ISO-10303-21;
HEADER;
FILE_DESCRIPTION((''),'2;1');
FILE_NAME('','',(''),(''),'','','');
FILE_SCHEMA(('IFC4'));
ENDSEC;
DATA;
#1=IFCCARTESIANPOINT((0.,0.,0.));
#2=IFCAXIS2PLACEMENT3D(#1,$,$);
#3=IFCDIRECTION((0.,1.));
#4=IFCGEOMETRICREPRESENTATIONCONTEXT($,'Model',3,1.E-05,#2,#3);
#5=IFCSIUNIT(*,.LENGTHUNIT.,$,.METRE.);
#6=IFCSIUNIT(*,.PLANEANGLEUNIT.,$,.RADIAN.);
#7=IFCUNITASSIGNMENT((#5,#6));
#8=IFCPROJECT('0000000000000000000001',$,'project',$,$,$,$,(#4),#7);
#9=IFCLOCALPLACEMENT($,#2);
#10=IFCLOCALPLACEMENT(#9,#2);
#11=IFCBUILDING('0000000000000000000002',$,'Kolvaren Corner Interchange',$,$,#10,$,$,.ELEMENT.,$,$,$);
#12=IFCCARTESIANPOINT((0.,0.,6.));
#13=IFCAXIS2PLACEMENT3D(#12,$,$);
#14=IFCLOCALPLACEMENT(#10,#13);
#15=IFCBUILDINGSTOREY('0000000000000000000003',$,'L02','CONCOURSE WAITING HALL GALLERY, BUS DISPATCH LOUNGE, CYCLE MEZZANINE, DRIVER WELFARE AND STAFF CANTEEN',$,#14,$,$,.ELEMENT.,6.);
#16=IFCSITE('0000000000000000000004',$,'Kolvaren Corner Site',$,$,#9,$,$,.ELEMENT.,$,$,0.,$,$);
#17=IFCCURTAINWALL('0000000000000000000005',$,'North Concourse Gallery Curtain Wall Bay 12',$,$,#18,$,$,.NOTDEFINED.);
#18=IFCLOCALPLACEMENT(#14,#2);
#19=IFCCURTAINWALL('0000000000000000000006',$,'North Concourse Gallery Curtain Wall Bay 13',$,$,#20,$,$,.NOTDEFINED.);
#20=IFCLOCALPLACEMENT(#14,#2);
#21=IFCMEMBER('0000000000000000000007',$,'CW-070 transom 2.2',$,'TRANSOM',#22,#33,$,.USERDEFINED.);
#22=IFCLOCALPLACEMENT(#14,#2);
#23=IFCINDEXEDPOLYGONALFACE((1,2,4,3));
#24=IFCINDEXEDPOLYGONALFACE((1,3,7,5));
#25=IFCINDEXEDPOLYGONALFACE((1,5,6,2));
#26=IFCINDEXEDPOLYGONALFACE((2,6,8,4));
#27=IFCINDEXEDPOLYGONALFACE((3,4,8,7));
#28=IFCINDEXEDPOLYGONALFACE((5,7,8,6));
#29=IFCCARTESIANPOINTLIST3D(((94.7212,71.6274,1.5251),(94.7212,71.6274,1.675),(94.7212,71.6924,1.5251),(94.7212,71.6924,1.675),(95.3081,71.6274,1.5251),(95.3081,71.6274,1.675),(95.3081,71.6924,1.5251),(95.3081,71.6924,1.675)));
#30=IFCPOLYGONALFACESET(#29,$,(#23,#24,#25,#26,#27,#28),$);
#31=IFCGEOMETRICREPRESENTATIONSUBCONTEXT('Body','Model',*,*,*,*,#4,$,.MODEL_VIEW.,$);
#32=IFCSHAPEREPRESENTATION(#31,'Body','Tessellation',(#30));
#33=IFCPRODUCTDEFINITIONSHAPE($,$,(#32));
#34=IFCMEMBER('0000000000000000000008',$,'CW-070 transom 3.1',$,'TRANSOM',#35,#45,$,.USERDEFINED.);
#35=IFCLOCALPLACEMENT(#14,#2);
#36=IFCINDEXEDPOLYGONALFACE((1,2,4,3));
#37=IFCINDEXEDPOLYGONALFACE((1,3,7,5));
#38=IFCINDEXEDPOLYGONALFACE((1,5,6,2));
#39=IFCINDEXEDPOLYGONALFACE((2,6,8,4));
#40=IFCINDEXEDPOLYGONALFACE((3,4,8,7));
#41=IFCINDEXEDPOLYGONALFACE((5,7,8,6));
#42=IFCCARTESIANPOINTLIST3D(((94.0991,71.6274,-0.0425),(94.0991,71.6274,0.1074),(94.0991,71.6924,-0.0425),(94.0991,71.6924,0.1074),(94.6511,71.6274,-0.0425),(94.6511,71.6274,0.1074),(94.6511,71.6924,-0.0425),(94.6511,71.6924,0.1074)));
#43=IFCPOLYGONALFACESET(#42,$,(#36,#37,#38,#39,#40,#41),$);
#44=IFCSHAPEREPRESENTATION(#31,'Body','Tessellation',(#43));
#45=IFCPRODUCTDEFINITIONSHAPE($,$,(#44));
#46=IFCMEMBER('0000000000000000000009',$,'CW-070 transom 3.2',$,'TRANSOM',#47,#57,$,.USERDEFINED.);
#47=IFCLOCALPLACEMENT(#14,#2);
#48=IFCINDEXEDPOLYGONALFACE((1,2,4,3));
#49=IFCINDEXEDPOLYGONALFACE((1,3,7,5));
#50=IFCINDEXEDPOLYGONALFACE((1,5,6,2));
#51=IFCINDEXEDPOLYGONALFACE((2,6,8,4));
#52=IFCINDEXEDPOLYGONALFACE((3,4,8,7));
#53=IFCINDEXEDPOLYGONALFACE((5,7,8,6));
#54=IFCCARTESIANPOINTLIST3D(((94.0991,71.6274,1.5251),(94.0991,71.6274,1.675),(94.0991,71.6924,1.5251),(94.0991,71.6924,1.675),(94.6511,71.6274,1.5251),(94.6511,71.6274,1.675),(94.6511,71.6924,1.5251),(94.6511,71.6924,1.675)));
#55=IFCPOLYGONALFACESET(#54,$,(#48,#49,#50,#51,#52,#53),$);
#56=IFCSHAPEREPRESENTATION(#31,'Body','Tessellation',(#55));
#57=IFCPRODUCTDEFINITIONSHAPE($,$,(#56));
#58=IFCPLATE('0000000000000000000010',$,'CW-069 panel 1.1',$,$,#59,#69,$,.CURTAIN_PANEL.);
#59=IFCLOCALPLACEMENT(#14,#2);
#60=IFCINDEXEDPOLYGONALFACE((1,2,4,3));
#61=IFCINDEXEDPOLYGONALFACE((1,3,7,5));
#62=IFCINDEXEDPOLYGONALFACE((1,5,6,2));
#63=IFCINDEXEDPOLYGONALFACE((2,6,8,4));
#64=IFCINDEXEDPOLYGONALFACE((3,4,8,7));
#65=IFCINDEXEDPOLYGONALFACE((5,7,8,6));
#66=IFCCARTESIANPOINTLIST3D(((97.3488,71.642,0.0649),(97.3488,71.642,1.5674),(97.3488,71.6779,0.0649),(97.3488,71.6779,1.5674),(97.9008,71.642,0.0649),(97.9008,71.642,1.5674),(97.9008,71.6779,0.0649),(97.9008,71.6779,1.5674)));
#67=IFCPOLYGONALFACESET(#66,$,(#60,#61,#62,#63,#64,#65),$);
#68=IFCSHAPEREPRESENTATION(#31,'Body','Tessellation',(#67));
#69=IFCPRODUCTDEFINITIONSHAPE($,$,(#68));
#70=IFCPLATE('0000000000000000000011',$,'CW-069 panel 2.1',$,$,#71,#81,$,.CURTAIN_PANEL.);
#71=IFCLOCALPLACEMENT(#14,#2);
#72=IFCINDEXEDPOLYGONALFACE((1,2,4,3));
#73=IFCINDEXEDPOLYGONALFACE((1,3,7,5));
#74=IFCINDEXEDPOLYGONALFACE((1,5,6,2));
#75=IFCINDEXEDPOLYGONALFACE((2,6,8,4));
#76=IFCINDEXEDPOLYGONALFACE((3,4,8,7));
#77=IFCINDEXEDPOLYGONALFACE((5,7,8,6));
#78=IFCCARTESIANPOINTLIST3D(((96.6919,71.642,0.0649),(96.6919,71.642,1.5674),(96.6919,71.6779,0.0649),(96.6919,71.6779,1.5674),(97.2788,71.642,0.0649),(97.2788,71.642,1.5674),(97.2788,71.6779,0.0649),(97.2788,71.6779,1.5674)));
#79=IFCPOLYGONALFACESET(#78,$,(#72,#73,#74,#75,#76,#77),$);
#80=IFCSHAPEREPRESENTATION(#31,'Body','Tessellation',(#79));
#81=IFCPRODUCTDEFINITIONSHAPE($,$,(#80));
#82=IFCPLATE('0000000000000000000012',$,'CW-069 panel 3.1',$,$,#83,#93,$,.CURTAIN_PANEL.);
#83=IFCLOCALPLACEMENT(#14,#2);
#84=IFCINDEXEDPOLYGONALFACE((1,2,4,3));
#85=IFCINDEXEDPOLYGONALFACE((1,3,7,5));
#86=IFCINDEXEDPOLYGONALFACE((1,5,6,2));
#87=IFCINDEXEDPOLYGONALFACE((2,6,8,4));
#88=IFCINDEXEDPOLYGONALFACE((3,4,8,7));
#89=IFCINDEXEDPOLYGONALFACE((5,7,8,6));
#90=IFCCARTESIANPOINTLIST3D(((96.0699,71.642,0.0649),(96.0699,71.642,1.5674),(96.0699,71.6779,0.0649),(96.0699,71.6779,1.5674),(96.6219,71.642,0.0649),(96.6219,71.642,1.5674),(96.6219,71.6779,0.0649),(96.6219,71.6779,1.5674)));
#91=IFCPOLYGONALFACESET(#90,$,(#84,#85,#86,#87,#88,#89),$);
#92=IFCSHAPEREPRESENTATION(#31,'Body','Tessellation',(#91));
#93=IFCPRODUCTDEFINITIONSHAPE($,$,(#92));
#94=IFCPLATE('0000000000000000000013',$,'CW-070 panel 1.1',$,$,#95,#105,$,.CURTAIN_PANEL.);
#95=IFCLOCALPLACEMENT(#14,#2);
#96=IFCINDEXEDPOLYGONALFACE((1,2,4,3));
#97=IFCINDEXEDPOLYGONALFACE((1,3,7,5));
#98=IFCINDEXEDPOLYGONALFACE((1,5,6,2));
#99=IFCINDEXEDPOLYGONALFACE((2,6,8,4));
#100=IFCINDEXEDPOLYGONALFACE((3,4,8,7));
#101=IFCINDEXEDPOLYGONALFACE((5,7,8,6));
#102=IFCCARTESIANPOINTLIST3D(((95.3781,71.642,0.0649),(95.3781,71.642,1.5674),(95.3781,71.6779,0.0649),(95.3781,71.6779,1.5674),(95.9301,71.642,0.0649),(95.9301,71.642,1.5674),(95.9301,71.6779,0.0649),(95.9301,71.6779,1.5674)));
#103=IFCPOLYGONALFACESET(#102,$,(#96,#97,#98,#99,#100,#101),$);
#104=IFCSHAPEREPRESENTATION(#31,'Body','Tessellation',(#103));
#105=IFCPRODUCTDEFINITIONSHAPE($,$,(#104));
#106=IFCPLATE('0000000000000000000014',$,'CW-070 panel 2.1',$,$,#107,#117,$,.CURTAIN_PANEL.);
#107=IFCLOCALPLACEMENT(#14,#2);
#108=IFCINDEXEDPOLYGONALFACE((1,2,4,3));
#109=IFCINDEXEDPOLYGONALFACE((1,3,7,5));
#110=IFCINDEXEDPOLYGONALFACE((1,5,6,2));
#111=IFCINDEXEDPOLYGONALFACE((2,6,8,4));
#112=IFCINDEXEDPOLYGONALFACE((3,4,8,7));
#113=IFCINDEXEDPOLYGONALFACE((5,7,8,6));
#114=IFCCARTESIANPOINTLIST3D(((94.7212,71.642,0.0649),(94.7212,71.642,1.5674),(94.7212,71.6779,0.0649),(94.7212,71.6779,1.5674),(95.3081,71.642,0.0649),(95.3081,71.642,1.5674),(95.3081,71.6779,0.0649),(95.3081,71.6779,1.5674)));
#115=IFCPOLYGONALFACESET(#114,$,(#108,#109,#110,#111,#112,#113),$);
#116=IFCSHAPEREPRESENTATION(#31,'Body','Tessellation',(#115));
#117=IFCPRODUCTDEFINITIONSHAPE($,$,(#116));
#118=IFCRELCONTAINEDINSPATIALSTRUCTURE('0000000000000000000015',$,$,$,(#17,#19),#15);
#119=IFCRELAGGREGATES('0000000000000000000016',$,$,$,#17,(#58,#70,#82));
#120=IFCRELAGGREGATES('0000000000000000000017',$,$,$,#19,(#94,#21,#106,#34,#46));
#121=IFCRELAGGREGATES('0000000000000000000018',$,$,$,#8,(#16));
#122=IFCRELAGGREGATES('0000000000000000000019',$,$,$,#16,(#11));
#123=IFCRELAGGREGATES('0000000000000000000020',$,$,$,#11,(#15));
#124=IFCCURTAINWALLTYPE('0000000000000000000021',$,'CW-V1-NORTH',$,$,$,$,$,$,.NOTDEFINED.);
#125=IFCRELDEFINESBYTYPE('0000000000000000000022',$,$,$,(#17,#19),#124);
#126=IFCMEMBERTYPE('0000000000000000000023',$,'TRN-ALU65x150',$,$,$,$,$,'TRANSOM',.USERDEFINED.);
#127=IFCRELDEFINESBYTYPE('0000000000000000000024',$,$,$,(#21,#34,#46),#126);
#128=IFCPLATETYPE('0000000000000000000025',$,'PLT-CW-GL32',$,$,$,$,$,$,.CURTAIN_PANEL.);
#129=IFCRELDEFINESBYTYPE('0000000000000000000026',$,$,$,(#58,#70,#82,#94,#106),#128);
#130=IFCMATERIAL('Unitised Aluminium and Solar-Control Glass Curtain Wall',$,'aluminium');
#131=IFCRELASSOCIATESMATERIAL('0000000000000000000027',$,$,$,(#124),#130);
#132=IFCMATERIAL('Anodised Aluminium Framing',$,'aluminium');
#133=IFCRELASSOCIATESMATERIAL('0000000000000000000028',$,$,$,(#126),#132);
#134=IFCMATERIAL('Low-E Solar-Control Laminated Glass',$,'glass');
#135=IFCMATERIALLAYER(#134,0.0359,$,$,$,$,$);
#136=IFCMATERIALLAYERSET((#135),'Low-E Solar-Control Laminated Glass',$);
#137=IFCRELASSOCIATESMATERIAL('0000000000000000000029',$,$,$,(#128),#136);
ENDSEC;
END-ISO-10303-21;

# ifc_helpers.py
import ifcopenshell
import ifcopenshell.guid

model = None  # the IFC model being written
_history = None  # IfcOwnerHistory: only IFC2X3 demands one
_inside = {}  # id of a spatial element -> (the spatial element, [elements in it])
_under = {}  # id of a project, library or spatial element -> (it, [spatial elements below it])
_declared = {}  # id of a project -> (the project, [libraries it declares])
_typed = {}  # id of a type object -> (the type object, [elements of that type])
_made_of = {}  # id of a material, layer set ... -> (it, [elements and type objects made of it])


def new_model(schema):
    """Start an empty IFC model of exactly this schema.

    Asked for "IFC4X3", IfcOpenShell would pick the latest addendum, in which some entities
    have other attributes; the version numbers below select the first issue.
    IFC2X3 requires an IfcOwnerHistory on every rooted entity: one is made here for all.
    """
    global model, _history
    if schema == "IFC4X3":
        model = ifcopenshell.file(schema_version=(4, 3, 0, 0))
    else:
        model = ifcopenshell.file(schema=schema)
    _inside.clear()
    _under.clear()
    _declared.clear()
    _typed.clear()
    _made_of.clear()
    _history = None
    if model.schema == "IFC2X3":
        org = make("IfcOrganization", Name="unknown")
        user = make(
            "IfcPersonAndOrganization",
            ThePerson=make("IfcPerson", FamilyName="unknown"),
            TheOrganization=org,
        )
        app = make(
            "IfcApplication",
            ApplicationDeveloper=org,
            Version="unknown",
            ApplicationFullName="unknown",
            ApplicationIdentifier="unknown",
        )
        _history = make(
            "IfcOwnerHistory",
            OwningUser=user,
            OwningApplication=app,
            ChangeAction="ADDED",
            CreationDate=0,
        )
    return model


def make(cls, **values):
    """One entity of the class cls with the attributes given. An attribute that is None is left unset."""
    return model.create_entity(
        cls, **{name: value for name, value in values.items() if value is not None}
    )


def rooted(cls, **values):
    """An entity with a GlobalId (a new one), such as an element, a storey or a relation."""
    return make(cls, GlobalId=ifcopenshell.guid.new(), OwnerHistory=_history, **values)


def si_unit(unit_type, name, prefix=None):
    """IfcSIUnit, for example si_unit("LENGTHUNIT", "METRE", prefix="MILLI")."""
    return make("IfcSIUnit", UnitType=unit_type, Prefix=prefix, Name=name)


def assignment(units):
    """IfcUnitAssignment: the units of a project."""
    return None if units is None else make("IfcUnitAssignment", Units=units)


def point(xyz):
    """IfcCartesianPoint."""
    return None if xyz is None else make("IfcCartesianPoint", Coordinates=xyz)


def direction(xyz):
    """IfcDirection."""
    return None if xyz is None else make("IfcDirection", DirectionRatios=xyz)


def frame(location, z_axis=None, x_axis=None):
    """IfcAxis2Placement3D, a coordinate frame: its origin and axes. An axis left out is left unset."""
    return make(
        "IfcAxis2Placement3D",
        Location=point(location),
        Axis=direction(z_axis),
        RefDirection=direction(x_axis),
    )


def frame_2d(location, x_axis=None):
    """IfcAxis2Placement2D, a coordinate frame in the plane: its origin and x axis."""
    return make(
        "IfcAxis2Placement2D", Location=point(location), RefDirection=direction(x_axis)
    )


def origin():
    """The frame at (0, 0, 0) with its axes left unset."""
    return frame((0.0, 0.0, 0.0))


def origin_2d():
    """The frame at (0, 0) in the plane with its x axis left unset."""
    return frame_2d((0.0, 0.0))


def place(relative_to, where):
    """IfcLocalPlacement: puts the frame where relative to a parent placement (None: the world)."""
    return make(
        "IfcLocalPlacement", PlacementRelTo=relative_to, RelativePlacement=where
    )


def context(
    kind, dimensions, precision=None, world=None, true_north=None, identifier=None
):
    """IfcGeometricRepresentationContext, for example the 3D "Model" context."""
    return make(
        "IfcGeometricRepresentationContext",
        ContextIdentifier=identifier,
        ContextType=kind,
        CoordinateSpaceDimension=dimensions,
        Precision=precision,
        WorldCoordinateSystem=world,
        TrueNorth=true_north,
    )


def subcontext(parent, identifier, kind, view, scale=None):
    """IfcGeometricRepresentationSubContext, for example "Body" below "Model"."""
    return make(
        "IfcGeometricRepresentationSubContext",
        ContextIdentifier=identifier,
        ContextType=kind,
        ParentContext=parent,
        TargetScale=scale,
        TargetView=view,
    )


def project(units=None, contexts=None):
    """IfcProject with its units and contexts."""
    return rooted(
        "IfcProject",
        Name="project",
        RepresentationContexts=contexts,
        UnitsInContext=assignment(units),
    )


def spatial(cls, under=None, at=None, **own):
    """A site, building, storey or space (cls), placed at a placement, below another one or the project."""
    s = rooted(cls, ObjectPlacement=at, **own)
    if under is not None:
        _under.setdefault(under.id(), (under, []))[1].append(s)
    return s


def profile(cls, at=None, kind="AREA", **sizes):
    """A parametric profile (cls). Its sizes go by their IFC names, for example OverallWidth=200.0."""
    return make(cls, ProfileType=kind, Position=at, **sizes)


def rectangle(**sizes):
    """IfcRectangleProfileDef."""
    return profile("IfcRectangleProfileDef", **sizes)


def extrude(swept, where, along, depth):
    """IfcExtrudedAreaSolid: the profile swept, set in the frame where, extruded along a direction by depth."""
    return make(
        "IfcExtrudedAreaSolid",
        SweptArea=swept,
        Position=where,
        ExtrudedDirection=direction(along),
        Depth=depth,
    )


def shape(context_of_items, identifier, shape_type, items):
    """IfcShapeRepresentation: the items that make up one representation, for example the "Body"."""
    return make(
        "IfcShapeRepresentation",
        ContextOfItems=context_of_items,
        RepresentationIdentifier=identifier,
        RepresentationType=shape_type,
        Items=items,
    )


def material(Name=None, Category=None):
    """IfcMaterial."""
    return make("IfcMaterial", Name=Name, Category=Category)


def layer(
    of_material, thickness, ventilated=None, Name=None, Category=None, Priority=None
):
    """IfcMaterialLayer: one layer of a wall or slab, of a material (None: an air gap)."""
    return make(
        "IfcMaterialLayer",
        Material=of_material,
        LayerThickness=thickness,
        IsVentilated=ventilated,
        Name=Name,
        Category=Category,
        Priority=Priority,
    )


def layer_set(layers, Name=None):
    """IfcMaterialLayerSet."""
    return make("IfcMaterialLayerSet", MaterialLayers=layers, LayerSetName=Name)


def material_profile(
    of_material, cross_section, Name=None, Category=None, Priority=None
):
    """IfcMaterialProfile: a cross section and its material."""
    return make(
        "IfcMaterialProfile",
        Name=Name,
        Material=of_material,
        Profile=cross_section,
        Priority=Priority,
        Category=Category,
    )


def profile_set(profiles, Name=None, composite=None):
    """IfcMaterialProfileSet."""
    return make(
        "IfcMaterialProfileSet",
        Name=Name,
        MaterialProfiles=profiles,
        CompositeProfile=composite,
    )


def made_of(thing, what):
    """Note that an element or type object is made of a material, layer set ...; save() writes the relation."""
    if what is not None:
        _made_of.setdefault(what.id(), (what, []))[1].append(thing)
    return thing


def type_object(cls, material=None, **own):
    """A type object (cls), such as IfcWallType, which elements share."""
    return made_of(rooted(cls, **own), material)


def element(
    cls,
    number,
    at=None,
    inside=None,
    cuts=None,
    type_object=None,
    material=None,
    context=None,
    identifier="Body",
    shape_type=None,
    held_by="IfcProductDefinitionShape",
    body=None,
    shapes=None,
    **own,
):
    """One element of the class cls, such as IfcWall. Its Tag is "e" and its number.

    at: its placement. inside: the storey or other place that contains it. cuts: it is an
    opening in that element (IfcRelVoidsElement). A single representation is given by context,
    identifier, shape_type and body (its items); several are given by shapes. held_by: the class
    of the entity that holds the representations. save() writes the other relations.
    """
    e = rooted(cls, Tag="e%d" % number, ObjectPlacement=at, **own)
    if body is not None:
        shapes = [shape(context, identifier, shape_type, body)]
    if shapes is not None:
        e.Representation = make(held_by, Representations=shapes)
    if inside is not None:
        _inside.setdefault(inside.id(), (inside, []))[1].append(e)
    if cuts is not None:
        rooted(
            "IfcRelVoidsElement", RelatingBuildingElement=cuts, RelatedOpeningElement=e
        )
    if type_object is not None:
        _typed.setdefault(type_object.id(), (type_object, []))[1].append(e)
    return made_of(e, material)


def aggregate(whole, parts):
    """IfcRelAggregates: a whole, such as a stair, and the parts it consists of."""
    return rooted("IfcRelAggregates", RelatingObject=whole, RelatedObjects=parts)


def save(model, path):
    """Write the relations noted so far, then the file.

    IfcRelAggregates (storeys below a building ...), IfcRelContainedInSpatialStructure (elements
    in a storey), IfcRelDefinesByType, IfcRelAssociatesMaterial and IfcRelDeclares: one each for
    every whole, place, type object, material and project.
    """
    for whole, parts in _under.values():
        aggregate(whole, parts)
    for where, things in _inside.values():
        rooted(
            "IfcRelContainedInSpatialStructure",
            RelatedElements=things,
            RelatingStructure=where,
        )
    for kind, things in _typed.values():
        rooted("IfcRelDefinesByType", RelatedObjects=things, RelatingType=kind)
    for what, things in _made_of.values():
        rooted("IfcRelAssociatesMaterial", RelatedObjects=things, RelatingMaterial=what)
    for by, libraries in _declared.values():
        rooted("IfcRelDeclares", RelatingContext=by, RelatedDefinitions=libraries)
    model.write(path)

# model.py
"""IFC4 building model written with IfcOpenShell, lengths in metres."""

from ifc_helpers import new_model, si_unit, direction, frame, origin, origin_2d, place, context, subcontext, project, spatial, rectangle, extrude, material, layer, layer_set, material_profile, profile_set, type_object, element, aggregate, save


model = new_model("IFC4")

# Units and contexts
model_context = context("Model", 3, precision=1e-05, world=origin(), true_north=direction((0.0, 1.0)))
body_context = subcontext(model_context, "Body", "Model", "MODEL_VIEW")
ifc_project = project(units=[si_unit("LENGTHUNIT", "METRE"), si_unit("PLANEANGLEUNIT", "RADIAN")], contexts=[model_context])

# Site, building, storey
site_placement = place(None, origin())
site = spatial("IfcSite", under=ifc_project, at=site_placement, Name="Kolvaren Corner Site", CompositionType="ELEMENT", RefElevation=0.0)
building_placement = place(site_placement, origin())
building = spatial("IfcBuilding", under=site, at=building_placement, Name="Kolvaren Corner Interchange", CompositionType="ELEMENT")
storey_placement = place(building_placement, frame((0.0, 0.0, 6.0)))
storey = spatial("IfcBuildingStorey", under=building, at=storey_placement, Name="L02", Description="CONCOURSE WAITING HALL GALLERY, BUS DISPATCH LOUNGE, CYCLE MEZZANINE, DRIVER WELFARE AND STAFF CANTEEN", CompositionType="ELEMENT", Elevation=6.0)

# Curtain walls
ifc_material_1 = material(Name="Unitised Aluminium and Solar-Control Glass Curtain Wall", Category="aluminium")
curtain_wall_type = type_object("IfcCurtainWallType", Name="CW-V1-NORTH", PredefinedType="NOTDEFINED", material=ifc_material_1)
curtain_wall_1_placement = place(storey_placement, origin())
curtain_wall_1 = element("IfcCurtainWall", 1, at=curtain_wall_1_placement, inside=storey, type_object=curtain_wall_type, Name="North Concourse Gallery Curtain Wall Bay 12", PredefinedType="NOTDEFINED")
curtain_wall_2_placement = place(storey_placement, origin())
curtain_wall_2 = element("IfcCurtainWall", 2, at=curtain_wall_2_placement, inside=storey, type_object=curtain_wall_type, Name="North Concourse Gallery Curtain Wall Bay 13", PredefinedType="NOTDEFINED")

# Members
ifc_material_2 = material(Name="Anodised Aluminium Framing", Category="aluminium")
ifc_material_profile_1 = material_profile(ifc_material_2, rectangle(XDim=0.0649, YDim=0.1499, at=origin_2d()), Name="ALU 65x150")
ifc_profile_set_1 = profile_set([ifc_material_profile_1], Name="Anodised Aluminium Framing")
member_type_1 = type_object("IfcMemberType", Name="TRN-ALU65x150", ElementType="TRANSOM", PredefinedType="USERDEFINED", material=ifc_profile_set_1)
member_1_placement = place(storey_placement, frame((95.3081, 71.6599, 1.6001), z_axis=(-1.0, 0.0, 0.0), x_axis=(0.0, -1.0, 0.0)))
member_1 = element("IfcMember", 3, at=member_1_placement, type_object=member_type_1, Name="CW-070 transom 2.2", ObjectType="TRANSOM", PredefinedType="USERDEFINED", context=body_context, shape_type="SweptSolid", body=[
    extrude(rectangle(XDim=0.0649, YDim=0.1499, at=origin_2d()), origin(), (0.0, 0.0, 1.0), 0.5869),
])
member_2_placement = place(storey_placement, frame((94.6511, 71.6599, 0.0325), z_axis=(-1.0, 0.0, 0.0), x_axis=(0.0, -1.0, 0.0)))
member_2 = element("IfcMember", 4, at=member_2_placement, type_object=member_type_1, Name="CW-070 transom 3.1", ObjectType="TRANSOM", PredefinedType="USERDEFINED", context=body_context, shape_type="SweptSolid", body=[
    extrude(rectangle(XDim=0.0649, YDim=0.1499, at=origin_2d()), origin(), (0.0, 0.0, 1.0), 0.552),
])
member_3_placement = place(storey_placement, frame((94.6511, 71.6599, 1.6001), z_axis=(-1.0, 0.0, 0.0), x_axis=(0.0, -1.0, 0.0)))
member_3 = element("IfcMember", 5, at=member_3_placement, type_object=member_type_1, Name="CW-070 transom 3.2", ObjectType="TRANSOM", PredefinedType="USERDEFINED", context=body_context, shape_type="SweptSolid", body=[
    extrude(rectangle(XDim=0.0649, YDim=0.1499, at=origin_2d()), origin(), (0.0, 0.0, 1.0), 0.552),
])

# Plates
ifc_material_3 = material(Name="Low-E Solar-Control Laminated Glass", Category="glass")
ifc_layer = layer(ifc_material_3, 0.0359)
ifc_layer_set = layer_set([ifc_layer], Name="Low-E Solar-Control Laminated Glass")
plate_type = type_object("IfcPlateType", Name="PLT-CW-GL32", PredefinedType="CURTAIN_PANEL", material=ifc_layer_set)
plate_1_placement = place(storey_placement, frame((97.6248, 71.6599, 0.0649), z_axis=(0.0, 0.0, 1.0), x_axis=(-1.0, 0.0, 0.0)))
plate_1 = element("IfcPlate", 6, at=plate_1_placement, type_object=plate_type, Name="CW-069 panel 1.1", PredefinedType="CURTAIN_PANEL", context=body_context, shape_type="SweptSolid", body=[
    extrude(rectangle(XDim=0.552, YDim=0.0359, at=origin_2d()), origin(), (0.0, 0.0, 1.0), 1.5024),
])
plate_2_placement = place(storey_placement, frame((96.9854, 71.6599, 0.0649), z_axis=(0.0, 0.0, 1.0), x_axis=(-1.0, 0.0, 0.0)))
plate_2 = element("IfcPlate", 7, at=plate_2_placement, type_object=plate_type, Name="CW-069 panel 2.1", PredefinedType="CURTAIN_PANEL", context=body_context, shape_type="SweptSolid", body=[
    extrude(rectangle(XDim=0.5869, YDim=0.0359, at=origin_2d()), origin(), (0.0, 0.0, 1.0), 1.5024),
])
plate_3_placement = place(storey_placement, frame((96.3459, 71.6599, 0.0649), z_axis=(0.0, 0.0, 1.0), x_axis=(-1.0, 0.0, 0.0)))
plate_3 = element("IfcPlate", 8, at=plate_3_placement, type_object=plate_type, Name="CW-069 panel 3.1", PredefinedType="CURTAIN_PANEL", context=body_context, shape_type="SweptSolid", body=[
    extrude(rectangle(XDim=0.552, YDim=0.0359, at=origin_2d()), origin(), (0.0, 0.0, 1.0), 1.5024),
])
aggregate(curtain_wall_1, [plate_1, plate_2, plate_3])
plate_4_placement = place(storey_placement, frame((95.6541, 71.6599, 0.0649), z_axis=(0.0, 0.0, 1.0), x_axis=(-1.0, 0.0, 0.0)))
plate_4 = element("IfcPlate", 9, at=plate_4_placement, type_object=plate_type, Name="CW-070 panel 1.1", PredefinedType="CURTAIN_PANEL", context=body_context, shape_type="SweptSolid", body=[
    extrude(rectangle(XDim=0.552, YDim=0.0359, at=origin_2d()), origin(), (0.0, 0.0, 1.0), 1.5024),
])
plate_5_placement = place(storey_placement, frame((95.0146, 71.6599, 0.0649), z_axis=(0.0, 0.0, 1.0), x_axis=(-1.0, 0.0, 0.0)))
plate_5 = element("IfcPlate", 10, at=plate_5_placement, type_object=plate_type, Name="CW-070 panel 2.1", PredefinedType="CURTAIN_PANEL", context=body_context, shape_type="SweptSolid", body=[
    extrude(rectangle(XDim=0.5869, YDim=0.0359, at=origin_2d()), origin(), (0.0, 0.0, 1.0), 1.5024),
])
aggregate(curtain_wall_2, [plate_4, member_1, plate_5, member_2, member_3])

save(model, "model.ifc")
